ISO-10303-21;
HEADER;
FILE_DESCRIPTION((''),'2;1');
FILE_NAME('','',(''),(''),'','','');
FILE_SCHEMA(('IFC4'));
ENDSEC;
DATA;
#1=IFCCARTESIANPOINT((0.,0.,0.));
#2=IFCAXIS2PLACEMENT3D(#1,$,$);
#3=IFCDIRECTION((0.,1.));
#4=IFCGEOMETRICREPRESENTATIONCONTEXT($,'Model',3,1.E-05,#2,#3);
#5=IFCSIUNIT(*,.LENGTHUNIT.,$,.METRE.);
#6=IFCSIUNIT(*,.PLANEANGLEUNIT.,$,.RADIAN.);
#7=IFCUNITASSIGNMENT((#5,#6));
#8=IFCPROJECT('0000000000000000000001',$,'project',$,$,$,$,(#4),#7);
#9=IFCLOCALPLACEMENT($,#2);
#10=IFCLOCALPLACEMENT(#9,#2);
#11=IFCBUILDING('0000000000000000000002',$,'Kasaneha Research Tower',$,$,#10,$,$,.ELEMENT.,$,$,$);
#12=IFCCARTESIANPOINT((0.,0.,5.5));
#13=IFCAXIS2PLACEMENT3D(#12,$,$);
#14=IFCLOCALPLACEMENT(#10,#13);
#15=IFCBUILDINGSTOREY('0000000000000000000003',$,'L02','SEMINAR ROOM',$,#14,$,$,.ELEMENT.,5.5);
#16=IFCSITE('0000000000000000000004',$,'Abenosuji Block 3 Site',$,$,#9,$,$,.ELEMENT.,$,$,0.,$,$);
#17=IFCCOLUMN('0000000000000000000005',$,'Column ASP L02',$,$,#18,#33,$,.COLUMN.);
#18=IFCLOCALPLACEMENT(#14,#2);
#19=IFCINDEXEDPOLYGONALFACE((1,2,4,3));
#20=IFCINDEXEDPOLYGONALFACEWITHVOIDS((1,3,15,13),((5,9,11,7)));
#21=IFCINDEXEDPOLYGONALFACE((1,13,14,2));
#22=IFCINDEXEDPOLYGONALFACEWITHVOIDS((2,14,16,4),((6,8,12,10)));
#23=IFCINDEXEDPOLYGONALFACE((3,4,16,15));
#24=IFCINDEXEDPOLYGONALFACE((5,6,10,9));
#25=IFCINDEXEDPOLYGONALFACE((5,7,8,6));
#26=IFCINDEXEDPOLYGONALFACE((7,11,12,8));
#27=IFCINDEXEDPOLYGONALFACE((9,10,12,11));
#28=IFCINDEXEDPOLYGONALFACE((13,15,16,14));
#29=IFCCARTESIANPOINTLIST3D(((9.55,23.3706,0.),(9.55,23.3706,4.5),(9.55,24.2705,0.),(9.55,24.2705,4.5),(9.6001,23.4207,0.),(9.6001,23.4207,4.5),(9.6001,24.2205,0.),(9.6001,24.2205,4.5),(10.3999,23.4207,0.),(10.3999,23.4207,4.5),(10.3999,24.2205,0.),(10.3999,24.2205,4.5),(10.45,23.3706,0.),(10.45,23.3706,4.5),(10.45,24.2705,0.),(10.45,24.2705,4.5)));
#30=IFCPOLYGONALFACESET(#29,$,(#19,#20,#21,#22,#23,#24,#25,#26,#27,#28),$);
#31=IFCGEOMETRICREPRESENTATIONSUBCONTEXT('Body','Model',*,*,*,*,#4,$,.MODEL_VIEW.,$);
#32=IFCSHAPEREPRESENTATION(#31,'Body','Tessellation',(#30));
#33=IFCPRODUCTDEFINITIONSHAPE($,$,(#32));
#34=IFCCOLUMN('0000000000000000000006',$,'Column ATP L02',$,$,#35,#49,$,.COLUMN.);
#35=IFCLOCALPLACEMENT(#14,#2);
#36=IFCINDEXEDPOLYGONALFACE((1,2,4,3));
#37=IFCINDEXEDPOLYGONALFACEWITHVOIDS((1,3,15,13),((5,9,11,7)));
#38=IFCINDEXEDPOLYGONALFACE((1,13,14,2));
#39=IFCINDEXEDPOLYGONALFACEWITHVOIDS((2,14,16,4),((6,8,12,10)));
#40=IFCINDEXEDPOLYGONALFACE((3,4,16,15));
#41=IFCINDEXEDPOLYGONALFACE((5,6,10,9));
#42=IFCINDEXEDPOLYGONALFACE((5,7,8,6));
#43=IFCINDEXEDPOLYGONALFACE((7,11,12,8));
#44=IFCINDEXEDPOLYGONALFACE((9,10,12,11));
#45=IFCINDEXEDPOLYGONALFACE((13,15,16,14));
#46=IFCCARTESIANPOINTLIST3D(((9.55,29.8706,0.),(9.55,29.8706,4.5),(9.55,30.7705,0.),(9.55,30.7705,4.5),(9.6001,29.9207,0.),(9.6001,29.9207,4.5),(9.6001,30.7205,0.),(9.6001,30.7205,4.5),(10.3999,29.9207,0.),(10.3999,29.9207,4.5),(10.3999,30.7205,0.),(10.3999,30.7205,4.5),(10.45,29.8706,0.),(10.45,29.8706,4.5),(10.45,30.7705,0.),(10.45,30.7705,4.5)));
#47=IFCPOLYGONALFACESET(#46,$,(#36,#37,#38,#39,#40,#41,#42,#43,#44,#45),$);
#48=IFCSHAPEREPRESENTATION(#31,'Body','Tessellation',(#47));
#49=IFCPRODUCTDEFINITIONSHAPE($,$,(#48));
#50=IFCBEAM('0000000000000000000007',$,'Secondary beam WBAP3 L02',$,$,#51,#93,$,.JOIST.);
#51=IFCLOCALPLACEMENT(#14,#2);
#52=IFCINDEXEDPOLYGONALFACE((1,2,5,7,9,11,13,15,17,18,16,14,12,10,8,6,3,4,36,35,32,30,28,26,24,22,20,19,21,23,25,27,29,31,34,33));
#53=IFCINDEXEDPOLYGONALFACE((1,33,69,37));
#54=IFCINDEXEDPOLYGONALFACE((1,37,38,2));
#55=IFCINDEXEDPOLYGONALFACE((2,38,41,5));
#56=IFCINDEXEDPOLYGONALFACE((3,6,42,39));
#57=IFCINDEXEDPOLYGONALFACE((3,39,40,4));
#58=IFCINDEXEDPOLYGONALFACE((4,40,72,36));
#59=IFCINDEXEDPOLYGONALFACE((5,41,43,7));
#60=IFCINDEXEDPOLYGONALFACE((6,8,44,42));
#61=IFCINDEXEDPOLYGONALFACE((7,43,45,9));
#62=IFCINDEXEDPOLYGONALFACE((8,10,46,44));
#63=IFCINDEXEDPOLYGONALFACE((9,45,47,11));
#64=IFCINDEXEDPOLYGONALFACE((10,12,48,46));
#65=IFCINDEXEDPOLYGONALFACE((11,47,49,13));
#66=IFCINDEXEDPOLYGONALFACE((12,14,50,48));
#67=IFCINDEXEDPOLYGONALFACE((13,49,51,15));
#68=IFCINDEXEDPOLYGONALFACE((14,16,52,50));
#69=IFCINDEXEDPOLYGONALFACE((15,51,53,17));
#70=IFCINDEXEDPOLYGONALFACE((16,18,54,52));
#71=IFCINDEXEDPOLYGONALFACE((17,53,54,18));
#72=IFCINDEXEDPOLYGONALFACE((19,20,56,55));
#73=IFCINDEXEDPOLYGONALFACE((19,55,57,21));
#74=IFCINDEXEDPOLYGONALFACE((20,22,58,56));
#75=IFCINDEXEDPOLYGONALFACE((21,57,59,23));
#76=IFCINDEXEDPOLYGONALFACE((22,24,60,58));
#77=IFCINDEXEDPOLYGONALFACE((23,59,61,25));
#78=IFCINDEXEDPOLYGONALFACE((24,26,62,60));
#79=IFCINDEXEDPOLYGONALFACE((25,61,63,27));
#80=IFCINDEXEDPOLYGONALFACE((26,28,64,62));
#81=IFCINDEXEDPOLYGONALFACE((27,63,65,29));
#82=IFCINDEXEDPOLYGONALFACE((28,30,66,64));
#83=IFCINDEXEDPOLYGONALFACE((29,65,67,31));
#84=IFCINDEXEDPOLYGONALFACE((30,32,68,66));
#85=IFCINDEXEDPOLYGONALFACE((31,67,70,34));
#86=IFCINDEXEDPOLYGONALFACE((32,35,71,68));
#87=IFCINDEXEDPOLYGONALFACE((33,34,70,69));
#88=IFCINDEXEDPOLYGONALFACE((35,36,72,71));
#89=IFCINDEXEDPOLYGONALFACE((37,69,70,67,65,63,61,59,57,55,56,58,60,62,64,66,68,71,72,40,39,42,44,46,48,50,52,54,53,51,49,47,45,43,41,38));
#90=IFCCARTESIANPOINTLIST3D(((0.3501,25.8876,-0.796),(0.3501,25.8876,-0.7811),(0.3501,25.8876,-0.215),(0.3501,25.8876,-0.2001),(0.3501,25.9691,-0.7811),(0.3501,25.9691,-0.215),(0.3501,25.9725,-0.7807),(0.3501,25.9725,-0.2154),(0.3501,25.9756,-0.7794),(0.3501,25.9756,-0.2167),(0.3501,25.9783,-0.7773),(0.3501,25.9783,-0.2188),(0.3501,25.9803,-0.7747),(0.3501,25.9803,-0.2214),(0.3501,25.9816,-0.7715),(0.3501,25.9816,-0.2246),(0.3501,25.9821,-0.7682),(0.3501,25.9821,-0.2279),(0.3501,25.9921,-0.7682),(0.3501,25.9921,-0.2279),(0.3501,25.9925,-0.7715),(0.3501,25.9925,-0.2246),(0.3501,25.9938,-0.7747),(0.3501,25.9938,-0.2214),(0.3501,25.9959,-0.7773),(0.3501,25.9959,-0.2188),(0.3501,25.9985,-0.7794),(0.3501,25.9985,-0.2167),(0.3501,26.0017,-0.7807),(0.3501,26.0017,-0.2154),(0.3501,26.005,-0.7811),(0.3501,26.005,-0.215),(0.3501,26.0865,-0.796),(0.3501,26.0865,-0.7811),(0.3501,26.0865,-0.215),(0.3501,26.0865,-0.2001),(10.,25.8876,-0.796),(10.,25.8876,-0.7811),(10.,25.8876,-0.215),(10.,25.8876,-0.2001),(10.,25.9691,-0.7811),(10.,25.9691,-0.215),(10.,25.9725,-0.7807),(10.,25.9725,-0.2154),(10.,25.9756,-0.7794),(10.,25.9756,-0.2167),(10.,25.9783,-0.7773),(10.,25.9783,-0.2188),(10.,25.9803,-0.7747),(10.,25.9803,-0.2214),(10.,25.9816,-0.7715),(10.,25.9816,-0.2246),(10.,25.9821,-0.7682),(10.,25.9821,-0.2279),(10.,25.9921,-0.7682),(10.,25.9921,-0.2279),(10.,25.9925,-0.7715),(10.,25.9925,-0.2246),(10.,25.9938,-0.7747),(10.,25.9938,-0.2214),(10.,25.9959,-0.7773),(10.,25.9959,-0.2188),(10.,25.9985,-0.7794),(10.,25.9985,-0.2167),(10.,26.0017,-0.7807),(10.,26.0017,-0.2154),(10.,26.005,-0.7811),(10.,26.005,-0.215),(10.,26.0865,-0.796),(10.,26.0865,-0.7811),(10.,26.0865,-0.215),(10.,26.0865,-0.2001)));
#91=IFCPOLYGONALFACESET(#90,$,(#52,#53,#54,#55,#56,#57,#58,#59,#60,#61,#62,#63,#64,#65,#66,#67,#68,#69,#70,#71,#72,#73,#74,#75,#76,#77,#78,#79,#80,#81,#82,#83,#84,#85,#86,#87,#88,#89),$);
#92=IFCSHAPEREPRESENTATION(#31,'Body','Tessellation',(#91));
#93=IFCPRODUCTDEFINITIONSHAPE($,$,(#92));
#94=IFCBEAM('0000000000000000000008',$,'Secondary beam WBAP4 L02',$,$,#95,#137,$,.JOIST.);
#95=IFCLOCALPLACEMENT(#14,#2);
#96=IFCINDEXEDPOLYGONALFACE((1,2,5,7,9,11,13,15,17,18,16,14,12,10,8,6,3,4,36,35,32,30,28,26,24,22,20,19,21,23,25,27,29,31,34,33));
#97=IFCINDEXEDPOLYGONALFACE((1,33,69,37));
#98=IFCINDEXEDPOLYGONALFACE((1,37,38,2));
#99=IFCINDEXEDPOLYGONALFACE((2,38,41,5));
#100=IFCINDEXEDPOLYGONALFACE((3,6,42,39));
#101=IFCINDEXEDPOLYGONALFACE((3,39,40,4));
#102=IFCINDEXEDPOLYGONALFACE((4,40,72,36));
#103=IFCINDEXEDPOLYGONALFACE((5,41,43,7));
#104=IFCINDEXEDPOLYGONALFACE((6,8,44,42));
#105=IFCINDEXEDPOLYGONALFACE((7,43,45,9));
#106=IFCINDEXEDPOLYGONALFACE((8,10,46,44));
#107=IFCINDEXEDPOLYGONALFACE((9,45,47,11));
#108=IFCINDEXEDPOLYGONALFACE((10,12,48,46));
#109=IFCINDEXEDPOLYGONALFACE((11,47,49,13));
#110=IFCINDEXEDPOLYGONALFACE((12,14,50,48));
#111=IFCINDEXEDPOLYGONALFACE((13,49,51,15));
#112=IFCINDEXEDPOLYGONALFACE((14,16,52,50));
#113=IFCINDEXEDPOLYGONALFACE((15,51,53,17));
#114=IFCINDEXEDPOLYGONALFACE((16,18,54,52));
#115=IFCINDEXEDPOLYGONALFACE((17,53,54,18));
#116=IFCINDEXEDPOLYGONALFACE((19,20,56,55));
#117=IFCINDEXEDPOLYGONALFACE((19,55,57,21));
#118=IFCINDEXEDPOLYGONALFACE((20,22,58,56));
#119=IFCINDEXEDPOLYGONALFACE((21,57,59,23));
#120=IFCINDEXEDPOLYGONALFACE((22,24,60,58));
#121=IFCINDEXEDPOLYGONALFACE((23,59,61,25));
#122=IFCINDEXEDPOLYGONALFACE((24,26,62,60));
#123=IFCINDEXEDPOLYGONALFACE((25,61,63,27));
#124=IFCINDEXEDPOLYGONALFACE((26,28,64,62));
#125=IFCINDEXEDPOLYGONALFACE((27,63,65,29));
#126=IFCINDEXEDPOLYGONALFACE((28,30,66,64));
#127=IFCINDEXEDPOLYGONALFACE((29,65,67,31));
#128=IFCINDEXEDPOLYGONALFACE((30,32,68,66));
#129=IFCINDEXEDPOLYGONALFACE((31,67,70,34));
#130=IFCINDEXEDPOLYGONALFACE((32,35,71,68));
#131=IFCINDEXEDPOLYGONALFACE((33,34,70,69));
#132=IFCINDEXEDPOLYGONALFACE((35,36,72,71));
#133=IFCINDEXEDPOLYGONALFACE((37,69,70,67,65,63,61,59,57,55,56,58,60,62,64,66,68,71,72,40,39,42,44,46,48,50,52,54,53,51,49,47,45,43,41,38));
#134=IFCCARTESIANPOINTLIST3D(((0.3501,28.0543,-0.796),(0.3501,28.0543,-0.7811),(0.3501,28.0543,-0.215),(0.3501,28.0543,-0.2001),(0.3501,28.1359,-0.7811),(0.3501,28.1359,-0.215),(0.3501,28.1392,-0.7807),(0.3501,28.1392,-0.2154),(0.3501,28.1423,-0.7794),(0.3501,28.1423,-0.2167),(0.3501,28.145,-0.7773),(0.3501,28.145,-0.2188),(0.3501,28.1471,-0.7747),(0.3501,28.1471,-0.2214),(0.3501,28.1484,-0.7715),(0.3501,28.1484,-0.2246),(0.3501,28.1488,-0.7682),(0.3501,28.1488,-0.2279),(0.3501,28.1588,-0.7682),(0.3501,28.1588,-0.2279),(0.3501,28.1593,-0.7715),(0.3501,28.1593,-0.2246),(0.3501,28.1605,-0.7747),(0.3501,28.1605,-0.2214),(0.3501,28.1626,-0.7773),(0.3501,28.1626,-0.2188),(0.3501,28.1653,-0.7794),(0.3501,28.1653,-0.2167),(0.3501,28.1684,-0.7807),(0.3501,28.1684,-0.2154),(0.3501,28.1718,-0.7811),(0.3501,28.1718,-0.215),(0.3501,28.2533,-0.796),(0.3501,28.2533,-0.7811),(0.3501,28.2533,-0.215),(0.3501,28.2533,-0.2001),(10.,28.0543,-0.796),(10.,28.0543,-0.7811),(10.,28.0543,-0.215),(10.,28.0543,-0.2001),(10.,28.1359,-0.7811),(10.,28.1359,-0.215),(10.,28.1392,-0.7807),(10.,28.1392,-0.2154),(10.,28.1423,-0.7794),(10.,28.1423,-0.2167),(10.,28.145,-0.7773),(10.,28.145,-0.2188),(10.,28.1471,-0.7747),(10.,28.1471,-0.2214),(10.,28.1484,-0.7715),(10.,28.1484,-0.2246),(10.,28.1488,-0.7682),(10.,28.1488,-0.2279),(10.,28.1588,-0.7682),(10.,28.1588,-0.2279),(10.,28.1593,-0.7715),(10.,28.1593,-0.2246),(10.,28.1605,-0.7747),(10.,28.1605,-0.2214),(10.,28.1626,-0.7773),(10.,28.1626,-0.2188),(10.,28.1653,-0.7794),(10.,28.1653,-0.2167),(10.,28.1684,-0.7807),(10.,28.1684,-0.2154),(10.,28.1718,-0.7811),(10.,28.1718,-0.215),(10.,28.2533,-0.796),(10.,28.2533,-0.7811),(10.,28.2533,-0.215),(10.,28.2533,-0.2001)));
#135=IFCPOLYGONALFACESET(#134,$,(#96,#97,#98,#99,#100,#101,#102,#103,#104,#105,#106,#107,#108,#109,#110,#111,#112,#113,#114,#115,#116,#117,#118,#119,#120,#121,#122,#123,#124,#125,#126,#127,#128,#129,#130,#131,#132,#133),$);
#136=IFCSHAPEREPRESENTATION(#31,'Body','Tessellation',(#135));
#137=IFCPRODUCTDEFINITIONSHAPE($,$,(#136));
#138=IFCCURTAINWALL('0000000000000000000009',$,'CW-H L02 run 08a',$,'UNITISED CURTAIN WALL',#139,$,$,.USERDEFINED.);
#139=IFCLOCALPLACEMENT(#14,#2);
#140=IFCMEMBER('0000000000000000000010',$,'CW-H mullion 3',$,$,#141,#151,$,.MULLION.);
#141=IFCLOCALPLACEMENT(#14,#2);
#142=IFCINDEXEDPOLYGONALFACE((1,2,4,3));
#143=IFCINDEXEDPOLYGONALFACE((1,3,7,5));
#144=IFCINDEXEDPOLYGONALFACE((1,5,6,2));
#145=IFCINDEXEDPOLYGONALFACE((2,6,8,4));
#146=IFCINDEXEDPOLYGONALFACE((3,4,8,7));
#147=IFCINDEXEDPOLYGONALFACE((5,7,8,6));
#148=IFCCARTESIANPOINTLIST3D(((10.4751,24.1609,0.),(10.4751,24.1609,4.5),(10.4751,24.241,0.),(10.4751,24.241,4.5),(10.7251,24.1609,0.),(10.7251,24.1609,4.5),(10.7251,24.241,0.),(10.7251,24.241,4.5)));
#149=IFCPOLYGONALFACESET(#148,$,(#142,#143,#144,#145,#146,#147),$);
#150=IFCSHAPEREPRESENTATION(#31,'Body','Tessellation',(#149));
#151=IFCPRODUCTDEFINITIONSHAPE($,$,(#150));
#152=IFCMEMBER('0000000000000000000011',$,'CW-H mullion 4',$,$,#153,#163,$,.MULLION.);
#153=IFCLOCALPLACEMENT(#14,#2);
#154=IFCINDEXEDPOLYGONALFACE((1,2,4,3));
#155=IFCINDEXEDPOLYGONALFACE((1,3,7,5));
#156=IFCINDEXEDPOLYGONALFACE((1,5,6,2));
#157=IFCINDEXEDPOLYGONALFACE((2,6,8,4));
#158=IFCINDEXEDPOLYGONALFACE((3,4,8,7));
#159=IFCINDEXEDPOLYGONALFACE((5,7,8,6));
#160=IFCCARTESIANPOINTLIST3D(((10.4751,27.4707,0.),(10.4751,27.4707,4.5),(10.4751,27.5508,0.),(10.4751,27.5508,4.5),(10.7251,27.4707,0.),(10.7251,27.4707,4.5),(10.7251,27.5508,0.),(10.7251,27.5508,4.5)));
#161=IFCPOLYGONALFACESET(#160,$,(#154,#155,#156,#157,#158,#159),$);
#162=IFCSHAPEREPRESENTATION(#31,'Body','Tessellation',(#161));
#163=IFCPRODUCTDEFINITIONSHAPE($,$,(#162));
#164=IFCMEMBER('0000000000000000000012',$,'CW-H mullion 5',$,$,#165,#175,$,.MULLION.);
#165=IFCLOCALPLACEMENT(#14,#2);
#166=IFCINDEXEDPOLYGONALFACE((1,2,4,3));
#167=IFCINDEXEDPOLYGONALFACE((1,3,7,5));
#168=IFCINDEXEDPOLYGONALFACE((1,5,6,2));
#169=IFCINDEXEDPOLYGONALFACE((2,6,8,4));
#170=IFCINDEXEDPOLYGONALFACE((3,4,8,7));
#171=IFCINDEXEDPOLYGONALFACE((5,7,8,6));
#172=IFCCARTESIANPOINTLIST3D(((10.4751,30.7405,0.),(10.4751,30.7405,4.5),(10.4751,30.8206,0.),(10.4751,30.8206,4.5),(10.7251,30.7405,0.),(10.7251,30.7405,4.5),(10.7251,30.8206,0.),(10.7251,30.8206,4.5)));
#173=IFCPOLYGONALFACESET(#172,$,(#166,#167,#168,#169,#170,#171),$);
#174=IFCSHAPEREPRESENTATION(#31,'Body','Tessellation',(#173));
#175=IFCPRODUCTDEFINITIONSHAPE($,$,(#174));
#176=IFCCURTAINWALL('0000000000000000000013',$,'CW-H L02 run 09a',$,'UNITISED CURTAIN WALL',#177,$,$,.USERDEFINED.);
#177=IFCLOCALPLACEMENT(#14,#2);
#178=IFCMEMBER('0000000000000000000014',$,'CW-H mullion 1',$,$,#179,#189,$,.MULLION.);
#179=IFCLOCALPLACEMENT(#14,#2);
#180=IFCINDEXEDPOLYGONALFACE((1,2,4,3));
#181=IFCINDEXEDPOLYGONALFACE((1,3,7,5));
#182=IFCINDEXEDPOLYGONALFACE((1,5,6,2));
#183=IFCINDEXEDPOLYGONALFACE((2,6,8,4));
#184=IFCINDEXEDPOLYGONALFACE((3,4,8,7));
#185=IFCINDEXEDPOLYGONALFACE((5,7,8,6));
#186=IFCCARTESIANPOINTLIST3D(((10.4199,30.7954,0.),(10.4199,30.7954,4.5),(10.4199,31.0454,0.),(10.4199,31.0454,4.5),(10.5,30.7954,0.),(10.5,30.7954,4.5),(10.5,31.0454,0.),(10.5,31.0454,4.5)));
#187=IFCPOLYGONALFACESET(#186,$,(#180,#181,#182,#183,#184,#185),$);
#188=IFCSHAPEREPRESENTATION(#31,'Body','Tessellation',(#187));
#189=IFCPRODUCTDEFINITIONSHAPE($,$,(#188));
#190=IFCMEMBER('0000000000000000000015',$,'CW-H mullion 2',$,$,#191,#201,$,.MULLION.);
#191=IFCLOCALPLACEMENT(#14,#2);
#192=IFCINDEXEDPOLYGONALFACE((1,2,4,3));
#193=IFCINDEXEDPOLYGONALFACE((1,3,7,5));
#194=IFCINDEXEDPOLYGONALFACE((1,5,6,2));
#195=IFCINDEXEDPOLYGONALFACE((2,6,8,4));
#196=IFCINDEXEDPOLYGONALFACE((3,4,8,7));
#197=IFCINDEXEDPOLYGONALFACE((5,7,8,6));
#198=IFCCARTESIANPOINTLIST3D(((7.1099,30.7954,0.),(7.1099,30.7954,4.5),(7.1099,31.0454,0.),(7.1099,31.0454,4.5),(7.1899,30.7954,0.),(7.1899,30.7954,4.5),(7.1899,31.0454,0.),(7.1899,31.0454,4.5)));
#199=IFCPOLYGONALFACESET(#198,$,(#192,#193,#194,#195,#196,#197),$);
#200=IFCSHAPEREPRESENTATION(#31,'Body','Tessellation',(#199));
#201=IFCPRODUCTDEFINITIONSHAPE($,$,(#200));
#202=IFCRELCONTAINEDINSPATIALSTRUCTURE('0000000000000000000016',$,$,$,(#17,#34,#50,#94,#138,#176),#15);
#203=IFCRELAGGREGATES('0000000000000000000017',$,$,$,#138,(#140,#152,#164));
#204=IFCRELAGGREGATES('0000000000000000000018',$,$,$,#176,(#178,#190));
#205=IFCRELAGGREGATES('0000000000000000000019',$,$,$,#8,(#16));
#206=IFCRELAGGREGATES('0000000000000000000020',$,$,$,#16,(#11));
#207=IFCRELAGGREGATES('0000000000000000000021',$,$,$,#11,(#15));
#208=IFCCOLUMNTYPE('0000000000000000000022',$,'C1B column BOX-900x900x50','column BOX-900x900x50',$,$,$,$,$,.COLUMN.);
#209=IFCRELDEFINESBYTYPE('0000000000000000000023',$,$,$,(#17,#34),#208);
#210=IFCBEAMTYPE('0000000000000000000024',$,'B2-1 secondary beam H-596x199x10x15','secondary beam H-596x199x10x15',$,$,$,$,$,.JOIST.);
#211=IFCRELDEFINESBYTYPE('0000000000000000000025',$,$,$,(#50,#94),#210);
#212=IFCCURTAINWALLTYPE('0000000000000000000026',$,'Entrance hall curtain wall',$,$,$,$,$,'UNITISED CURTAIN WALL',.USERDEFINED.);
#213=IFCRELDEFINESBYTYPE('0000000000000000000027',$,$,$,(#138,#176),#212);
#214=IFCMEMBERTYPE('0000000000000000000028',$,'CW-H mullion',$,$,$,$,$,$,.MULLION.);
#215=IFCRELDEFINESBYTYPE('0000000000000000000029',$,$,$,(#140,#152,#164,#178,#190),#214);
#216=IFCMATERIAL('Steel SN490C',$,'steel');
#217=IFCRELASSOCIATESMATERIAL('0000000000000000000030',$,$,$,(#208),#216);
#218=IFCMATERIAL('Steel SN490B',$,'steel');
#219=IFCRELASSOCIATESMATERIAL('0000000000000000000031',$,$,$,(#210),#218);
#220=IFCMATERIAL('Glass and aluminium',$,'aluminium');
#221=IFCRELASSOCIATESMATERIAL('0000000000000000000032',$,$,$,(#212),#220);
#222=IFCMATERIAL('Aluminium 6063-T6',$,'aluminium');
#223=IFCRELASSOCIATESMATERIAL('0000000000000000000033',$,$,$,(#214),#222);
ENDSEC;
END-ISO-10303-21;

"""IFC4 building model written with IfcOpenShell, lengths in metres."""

from ifc_helpers import new_model, si_unit, direction, frame, origin, origin_2d, place, context, subcontext, project, spatial, rectangle, hollow_rectangle, i_section, extrude, material, material_profile, profile_set, type_object, element, aggregate, save


model = new_model("IFC4")

# Units and contexts
model_context = context("Model", 3, precision=1e-05, world=origin(), true_north=direction((0.0, 1.0)))
body_context = subcontext(model_context, "Body", "Model", "MODEL_VIEW")
ifc_project = project(units=[si_unit("LENGTHUNIT", "METRE"), si_unit("PLANEANGLEUNIT", "RADIAN")], contexts=[model_context])

# Site, building, storey
site_placement = place(None, origin())
site = spatial("IfcSite", under=ifc_project, at=site_placement, Name="Abenosuji Block 3 Site", CompositionType="ELEMENT", RefElevation=0.0)
building_placement = place(site_placement, origin())
building = spatial("IfcBuilding", under=site, at=building_placement, Name="Kasaneha Research Tower", CompositionType="ELEMENT")
storey_placement = place(building_placement, frame((0.0, 0.0, 5.5)))
storey = spatial("IfcBuildingStorey", under=building, at=storey_placement, Name="L02", Description="SEMINAR ROOM", CompositionType="ELEMENT", Elevation=5.5)

# Columns
ifc_material_1 = material(Name="Steel SN490C", Category="steel")
ifc_material_profile_1 = material_profile(ifc_material_1, hollow_rectangle(XDim=0.8999, YDim=0.8999, WallThickness=0.05, at=origin_2d()), Name="BOX-900x900x50")
ifc_profile_set_1 = profile_set([ifc_material_profile_1], Name="Steel SN490C")
column_type = type_object("IfcColumnType", Name="C1B column BOX-900x900x50", Description="column BOX-900x900x50", PredefinedType="COLUMN", material=ifc_profile_set_1)
for number, where, z_axis, x_axis, name in (
    (1, (10.0, 23.8206, 0.0), (0.0, 0.0, 1.0), (1.0, 0.0, 0.0), "Column ASP L02"),
    (2, (10.0, 30.3206, 0.0), (0.0, 0.0, 1.0), (1.0, 0.0, 0.0), "Column ATP L02"),
):
    element("IfcColumn", number, at=place(storey_placement, frame(where, z_axis=z_axis, x_axis=x_axis)), inside=storey, type_object=column_type, Name=name, PredefinedType="COLUMN", context=body_context, shape_type="SweptSolid", body=[
        extrude(hollow_rectangle(XDim=0.8999, YDim=0.8999, WallThickness=0.05, at=origin_2d()), origin(), (0.0, 0.0, 1.0), 4.5),
    ])

# Beams
ifc_material_2 = material(Name="Steel SN490B", Category="steel")
ifc_material_profile_2 = material_profile(ifc_material_2, i_section(OverallWidth=0.199, OverallDepth=0.5959, WebThickness=0.01, FlangeThickness=0.0149, FilletRadius=0.0129, at=origin_2d()), Name="H-596x199x10x15")
ifc_profile_set_2 = profile_set([ifc_material_profile_2], Name="Steel SN490B")
beam_type_1 = type_object("IfcBeamType", Name="B2-1 secondary beam H-596x199x10x15", Description="secondary beam H-596x199x10x15", PredefinedType="JOIST", material=ifc_profile_set_2)
for number, where, z_axis, x_axis, name in (
    (3, (10.0, 25.9871, -0.498), (-1.0, 0.0, 0.0), (0.0, -1.0, 0.0), "Secondary beam WBAP3 L02"),
    (4, (10.0, 28.1538, -0.498), (-1.0, 0.0, 0.0), (0.0, -1.0, 0.0), "Secondary beam WBAP4 L02"),
):
    element("IfcBeam", number, at=place(storey_placement, frame(where, z_axis=z_axis, x_axis=x_axis)), inside=storey, type_object=beam_type_1, Name=name, PredefinedType="JOIST", context=body_context, shape_type="SweptSolid", body=[
        extrude(i_section(OverallWidth=0.199, OverallDepth=0.5959, WebThickness=0.01, FlangeThickness=0.0149, FilletRadius=0.0129, at=origin_2d()), origin(), (0.0, 0.0, 1.0), 9.6499),
    ])

# Curtain walls, members
ifc_material_3 = material(Name="Glass and aluminium", Category="aluminium")
curtain_wall_type = type_object("IfcCurtainWallType", Name="Entrance hall curtain wall", ElementType="UNITISED CURTAIN WALL", PredefinedType="USERDEFINED", material=ifc_material_3)
curtain_wall_1_placement = place(storey_placement, origin())
curtain_wall_1 = element("IfcCurtainWall", 5, at=curtain_wall_1_placement, inside=storey, type_object=curtain_wall_type, Name="CW-H L02 run 08a", ObjectType="UNITISED CURTAIN WALL", PredefinedType="USERDEFINED")
ifc_material_4 = material(Name="Aluminium 6063-T6", Category="aluminium")
ifc_material_profile_3 = material_profile(ifc_material_4, rectangle(XDim=0.0801, YDim=0.25, at=origin_2d()), Name="CW-H mullion 80x250")
ifc_profile_set_3 = profile_set([ifc_material_profile_3], Name="Aluminium 6063-T6")
member_type_1 = type_object("IfcMemberType", Name="CW-H mullion", PredefinedType="MULLION", material=ifc_profile_set_3)
member_1_placement = place(storey_placement, frame((10.6001, 24.2009, 0.0), z_axis=(0.0, 0.0, 1.0), x_axis=(0.0, 1.0, 0.0)))
member_1 = element("IfcMember", 6, at=member_1_placement, type_object=member_type_1, Name="CW-H mullion 3", PredefinedType="MULLION", context=body_context, shape_type="SweptSolid", body=[
    extrude(rectangle(XDim=0.0801, YDim=0.25, at=origin_2d()), origin(), (0.0, 0.0, 1.0), 4.5),
])
member_2_placement = place(storey_placement, frame((10.6001, 27.5107, 0.0), z_axis=(0.0, 0.0, 1.0), x_axis=(0.0, 1.0, 0.0)))
member_2 = element("IfcMember", 7, at=member_2_placement, type_object=member_type_1, Name="CW-H mullion 4", PredefinedType="MULLION", context=body_context, shape_type="SweptSolid", body=[
    extrude(rectangle(XDim=0.0801, YDim=0.25, at=origin_2d()), origin(), (0.0, 0.0, 1.0), 4.5),
])
member_3_placement = place(storey_placement, frame((10.6001, 30.7805, 0.0), z_axis=(0.0, 0.0, 1.0), x_axis=(0.0, 1.0, 0.0)))
member_3 = element("IfcMember", 8, at=member_3_placement, type_object=member_type_1, Name="CW-H mullion 5", PredefinedType="MULLION", context=body_context, shape_type="SweptSolid", body=[
    extrude(rectangle(XDim=0.0801, YDim=0.25, at=origin_2d()), origin(), (0.0, 0.0, 1.0), 4.5),
])
curtain_wall_2_placement = place(storey_placement, origin())
curtain_wall_2 = element("IfcCurtainWall", 9, at=curtain_wall_2_placement, inside=storey, type_object=curtain_wall_type, Name="CW-H L02 run 09a", ObjectType="UNITISED CURTAIN WALL", PredefinedType="USERDEFINED")
member_4_placement = place(storey_placement, frame((10.46, 30.9204, 0.0), z_axis=(0.0, 0.0, 1.0), x_axis=(-1.0, 0.0, 0.0)))
member_4 = element("IfcMember", 10, at=member_4_placement, type_object=member_type_1, Name="CW-H mullion 1", PredefinedType="MULLION", context=body_context, shape_type="SweptSolid", body=[
    extrude(rectangle(XDim=0.0801, YDim=0.25, at=origin_2d()), origin(), (0.0, 0.0, 1.0), 4.5),
])
member_5_placement = place(storey_placement, frame((7.1499, 30.9204, 0.0), z_axis=(0.0, 0.0, 1.0), x_axis=(-1.0, 0.0, 0.0)))
member_5 = element("IfcMember", 11, at=member_5_placement, type_object=member_type_1, Name="CW-H mullion 2", PredefinedType="MULLION", context=body_context, shape_type="SweptSolid", body=[
    extrude(rectangle(XDim=0.0801, YDim=0.25, at=origin_2d()), origin(), (0.0, 0.0, 1.0), 4.5),
])

aggregate(curtain_wall_1, [member_1, member_2, member_3])
aggregate(curtain_wall_2, [member_4, member_5])

save(model, "model.ifc")
